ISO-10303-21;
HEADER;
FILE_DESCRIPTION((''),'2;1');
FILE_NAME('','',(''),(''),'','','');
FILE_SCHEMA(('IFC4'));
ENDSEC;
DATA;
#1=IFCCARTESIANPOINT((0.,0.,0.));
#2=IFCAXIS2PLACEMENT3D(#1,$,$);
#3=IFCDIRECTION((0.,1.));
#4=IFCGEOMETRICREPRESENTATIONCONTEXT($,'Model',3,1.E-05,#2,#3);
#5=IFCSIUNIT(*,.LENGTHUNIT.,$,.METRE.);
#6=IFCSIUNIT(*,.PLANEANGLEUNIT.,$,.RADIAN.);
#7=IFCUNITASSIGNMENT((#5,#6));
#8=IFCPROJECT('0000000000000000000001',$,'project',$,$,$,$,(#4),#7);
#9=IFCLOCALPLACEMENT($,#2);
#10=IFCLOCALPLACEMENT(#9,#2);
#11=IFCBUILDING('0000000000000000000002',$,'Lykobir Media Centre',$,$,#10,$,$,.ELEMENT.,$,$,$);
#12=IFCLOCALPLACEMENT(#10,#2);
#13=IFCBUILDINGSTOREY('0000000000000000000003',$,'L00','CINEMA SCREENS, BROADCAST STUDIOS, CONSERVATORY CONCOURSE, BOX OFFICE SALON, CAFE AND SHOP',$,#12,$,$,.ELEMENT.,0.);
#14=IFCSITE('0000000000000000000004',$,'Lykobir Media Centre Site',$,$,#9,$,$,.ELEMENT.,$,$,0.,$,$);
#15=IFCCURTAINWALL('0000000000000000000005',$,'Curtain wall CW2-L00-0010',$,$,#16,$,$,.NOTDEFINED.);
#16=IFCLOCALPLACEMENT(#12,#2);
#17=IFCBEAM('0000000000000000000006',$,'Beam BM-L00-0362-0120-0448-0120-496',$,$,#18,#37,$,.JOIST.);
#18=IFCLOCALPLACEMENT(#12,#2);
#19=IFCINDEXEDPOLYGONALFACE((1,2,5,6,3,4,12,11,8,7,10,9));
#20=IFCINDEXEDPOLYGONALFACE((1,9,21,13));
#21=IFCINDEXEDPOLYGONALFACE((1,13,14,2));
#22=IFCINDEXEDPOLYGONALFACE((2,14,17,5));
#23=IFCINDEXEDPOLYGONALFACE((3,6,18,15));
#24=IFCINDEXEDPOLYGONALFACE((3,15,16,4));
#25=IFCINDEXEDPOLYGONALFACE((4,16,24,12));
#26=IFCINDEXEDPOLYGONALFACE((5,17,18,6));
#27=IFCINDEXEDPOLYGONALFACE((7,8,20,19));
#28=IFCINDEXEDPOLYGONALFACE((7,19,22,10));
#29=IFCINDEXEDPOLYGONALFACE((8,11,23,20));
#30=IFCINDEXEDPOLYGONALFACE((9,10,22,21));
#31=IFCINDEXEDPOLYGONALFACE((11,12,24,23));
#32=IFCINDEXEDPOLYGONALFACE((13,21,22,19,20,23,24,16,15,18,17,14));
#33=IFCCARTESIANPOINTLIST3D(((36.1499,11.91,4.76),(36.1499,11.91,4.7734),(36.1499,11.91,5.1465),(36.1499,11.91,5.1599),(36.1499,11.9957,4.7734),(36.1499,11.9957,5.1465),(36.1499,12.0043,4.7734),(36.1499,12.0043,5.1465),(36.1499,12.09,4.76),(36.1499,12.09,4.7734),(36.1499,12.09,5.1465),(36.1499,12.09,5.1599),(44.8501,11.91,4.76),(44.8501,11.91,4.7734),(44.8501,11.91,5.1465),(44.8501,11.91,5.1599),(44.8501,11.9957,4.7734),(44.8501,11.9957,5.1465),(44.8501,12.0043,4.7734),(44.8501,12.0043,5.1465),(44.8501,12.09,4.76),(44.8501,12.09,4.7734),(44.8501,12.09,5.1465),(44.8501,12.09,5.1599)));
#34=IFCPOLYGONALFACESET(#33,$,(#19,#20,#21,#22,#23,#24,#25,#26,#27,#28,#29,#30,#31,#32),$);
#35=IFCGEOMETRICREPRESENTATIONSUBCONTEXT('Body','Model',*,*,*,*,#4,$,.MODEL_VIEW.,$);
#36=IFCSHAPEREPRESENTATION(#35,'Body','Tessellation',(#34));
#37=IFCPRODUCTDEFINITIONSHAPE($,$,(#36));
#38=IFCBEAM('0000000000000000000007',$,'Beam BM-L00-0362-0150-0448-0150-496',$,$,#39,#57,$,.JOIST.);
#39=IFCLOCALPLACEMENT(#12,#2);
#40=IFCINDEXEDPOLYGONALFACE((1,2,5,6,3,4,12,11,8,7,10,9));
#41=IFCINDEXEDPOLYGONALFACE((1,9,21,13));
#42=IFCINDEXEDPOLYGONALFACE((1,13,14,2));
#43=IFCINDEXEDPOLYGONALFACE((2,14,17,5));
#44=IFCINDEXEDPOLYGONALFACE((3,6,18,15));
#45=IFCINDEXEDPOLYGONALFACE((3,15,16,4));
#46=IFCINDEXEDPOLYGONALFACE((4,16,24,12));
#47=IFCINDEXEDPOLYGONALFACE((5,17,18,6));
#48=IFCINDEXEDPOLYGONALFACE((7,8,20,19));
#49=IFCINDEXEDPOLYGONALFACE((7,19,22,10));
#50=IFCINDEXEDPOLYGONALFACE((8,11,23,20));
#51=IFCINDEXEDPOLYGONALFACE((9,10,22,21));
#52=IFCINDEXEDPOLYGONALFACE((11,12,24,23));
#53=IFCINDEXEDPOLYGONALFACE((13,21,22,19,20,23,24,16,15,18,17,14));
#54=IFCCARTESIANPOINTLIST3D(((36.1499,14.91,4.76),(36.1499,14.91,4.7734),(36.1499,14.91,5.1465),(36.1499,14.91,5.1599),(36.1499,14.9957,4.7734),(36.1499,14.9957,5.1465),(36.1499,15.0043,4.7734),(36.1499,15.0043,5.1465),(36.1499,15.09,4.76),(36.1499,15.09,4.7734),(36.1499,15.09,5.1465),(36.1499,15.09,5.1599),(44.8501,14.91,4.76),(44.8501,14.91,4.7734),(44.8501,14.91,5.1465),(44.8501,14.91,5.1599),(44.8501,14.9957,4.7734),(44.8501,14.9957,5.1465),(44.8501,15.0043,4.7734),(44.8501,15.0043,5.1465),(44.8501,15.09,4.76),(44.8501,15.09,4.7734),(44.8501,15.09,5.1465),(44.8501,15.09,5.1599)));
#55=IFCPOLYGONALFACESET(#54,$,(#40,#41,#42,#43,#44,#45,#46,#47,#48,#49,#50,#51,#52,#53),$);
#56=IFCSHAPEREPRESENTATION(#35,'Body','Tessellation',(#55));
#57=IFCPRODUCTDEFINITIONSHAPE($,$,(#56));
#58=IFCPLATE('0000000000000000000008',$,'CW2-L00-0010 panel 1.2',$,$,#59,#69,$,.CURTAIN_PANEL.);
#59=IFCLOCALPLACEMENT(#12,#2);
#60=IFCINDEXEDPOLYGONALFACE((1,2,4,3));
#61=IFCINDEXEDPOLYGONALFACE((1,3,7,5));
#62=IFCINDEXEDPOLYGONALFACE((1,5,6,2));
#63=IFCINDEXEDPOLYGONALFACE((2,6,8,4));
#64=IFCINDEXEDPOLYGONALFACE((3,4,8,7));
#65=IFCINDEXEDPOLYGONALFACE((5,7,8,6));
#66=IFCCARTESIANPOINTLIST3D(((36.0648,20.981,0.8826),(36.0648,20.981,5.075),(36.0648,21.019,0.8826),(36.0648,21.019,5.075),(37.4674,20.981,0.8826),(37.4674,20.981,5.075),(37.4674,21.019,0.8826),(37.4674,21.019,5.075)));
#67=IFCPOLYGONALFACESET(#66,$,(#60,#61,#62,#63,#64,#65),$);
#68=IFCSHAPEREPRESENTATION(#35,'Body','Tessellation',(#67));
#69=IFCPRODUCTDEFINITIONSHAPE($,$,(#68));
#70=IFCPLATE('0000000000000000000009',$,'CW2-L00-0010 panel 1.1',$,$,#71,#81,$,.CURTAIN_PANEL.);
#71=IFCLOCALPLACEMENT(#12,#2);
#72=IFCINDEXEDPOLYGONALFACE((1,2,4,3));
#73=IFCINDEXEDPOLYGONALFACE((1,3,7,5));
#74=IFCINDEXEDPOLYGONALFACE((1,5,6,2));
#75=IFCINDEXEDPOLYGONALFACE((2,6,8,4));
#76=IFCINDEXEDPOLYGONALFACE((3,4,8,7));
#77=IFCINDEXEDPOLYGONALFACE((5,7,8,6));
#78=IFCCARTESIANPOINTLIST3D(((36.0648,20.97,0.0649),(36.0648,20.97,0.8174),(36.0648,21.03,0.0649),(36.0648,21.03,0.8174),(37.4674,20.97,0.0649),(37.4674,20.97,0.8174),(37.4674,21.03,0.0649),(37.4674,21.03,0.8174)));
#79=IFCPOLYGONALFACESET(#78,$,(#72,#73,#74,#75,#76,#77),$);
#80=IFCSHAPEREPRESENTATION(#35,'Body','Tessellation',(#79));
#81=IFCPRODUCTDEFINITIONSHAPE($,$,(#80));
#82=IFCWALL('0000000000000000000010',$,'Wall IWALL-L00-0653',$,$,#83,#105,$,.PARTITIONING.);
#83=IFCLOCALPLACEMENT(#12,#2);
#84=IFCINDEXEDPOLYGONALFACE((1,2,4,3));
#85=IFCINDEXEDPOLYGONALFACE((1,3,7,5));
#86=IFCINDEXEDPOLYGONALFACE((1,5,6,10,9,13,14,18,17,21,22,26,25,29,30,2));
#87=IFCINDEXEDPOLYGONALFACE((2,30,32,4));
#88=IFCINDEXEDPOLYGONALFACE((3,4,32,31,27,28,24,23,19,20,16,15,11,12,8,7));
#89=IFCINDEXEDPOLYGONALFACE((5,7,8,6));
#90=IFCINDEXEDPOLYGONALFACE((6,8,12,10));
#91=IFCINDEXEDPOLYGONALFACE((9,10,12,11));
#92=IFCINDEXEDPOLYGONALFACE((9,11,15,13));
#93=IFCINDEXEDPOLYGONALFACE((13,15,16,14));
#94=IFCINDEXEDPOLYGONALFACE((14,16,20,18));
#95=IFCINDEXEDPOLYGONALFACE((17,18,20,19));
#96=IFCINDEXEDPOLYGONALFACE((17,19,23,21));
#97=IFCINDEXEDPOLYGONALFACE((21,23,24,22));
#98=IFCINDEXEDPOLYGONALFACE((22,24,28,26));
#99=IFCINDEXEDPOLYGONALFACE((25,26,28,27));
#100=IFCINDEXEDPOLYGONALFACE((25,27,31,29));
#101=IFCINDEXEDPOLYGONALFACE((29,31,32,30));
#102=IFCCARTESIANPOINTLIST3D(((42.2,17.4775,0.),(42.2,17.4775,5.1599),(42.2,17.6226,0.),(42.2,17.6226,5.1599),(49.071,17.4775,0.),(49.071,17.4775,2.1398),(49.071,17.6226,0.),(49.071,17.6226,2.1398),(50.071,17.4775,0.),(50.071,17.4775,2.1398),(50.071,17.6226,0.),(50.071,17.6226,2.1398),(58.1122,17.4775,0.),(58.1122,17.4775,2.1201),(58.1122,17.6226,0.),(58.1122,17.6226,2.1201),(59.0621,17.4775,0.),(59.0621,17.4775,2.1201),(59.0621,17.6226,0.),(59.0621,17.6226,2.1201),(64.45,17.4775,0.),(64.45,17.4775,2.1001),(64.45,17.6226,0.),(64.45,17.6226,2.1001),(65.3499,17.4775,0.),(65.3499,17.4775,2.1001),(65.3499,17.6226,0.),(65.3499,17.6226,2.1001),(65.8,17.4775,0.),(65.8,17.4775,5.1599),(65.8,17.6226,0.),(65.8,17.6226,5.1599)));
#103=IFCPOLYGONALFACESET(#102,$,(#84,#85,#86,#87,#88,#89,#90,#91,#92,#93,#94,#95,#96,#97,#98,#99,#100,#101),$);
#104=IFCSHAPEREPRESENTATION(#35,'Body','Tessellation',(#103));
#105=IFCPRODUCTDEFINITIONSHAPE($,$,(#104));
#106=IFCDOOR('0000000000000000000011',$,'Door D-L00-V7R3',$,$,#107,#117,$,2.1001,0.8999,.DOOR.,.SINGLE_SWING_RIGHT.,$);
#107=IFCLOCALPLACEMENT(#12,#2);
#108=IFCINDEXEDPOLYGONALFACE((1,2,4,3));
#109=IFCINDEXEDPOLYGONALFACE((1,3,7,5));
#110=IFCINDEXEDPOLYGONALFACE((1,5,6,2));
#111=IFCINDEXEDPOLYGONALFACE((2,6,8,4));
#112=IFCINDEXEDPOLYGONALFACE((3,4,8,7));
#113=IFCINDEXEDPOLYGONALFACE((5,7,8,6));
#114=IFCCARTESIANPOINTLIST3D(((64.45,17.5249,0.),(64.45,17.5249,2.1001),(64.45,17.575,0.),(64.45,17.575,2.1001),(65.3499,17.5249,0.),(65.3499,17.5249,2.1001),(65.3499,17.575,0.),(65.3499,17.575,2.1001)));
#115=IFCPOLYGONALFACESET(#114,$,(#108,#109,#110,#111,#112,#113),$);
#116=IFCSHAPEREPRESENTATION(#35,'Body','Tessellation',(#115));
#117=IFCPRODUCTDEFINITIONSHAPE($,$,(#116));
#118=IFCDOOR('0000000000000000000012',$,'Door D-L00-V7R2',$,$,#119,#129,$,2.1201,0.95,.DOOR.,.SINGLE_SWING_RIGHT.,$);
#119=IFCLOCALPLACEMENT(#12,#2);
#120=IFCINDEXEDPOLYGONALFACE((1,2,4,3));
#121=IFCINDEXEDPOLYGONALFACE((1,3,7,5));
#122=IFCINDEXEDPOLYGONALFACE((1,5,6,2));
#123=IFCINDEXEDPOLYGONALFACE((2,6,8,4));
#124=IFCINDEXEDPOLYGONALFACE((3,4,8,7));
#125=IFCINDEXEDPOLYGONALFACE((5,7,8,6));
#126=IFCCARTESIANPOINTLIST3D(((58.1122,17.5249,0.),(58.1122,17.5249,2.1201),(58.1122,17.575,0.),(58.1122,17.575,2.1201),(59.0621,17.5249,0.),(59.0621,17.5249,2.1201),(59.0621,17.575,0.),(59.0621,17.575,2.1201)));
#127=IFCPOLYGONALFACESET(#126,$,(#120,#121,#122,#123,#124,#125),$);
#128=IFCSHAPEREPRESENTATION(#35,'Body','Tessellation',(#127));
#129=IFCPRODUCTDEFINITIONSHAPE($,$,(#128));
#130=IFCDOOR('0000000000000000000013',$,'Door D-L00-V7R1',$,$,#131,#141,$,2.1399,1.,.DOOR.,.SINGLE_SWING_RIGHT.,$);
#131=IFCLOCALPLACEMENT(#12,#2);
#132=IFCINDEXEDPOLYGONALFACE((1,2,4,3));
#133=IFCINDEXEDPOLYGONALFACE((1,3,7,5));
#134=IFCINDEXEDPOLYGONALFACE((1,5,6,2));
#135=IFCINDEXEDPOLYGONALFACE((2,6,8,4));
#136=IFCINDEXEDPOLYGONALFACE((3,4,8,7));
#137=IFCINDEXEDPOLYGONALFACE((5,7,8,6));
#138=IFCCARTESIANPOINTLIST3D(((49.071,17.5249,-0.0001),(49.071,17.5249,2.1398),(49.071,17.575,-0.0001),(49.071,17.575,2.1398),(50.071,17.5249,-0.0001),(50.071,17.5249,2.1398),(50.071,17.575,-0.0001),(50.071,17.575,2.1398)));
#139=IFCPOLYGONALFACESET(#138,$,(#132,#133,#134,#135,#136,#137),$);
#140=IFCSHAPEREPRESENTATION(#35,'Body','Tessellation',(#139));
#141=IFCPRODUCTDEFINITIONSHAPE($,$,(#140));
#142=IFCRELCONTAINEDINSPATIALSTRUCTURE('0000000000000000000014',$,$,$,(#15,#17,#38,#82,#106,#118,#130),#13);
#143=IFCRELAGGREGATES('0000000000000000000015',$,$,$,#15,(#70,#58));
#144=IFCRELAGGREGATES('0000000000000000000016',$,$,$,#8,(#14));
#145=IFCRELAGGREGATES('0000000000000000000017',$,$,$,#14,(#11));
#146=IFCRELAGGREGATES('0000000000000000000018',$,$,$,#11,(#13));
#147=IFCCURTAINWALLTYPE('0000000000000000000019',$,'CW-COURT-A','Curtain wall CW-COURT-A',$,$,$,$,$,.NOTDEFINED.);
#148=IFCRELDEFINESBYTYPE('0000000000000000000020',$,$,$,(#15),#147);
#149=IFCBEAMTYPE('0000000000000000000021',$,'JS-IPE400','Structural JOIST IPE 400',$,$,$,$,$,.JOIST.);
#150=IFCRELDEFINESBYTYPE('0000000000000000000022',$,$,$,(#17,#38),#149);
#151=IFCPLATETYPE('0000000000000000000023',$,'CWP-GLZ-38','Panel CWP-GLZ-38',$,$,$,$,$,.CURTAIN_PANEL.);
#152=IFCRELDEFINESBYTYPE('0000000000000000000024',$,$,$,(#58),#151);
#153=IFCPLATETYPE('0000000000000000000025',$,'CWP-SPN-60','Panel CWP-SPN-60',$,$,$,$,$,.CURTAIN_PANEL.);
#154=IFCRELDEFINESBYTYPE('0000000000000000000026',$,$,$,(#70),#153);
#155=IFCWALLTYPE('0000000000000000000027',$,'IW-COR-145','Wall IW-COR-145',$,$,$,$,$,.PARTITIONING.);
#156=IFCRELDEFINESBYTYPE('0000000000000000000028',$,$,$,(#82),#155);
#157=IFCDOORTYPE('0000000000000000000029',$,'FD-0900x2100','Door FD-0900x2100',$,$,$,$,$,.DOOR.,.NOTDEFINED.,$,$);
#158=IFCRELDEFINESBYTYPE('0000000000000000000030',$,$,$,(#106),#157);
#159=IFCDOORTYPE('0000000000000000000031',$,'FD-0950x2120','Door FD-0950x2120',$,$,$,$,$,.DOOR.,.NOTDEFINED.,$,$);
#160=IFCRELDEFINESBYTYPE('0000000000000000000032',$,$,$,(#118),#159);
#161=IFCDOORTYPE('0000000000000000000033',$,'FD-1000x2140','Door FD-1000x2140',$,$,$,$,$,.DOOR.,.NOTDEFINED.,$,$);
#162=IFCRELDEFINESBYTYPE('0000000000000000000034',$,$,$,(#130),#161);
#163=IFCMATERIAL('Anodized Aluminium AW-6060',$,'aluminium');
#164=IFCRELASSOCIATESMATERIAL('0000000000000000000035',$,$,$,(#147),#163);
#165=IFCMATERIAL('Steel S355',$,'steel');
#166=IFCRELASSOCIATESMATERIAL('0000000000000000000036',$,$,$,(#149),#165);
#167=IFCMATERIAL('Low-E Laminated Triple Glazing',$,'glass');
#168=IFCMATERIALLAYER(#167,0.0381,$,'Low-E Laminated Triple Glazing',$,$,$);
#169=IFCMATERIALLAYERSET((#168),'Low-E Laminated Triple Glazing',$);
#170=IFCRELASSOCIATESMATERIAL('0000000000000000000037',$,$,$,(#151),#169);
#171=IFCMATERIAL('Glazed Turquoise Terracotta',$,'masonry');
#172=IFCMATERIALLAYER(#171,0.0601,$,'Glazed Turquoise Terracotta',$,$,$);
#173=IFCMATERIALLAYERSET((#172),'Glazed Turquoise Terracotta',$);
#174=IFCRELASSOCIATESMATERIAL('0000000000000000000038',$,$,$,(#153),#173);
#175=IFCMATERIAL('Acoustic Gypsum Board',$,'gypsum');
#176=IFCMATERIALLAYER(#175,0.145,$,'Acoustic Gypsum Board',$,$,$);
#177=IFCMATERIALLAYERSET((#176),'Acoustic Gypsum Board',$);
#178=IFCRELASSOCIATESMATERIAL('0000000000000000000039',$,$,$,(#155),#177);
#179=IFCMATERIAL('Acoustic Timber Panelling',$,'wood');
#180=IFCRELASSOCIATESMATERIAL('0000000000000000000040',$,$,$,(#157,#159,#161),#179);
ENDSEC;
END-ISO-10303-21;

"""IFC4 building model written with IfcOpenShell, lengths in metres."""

from ifc_helpers import new_model, si_unit, direction, frame, frame_2d, origin, origin_2d, place, context, subcontext, project, spatial, rectangle, i_section, extrude, material, layer, layer_set, material_profile, profile_set, type_object, element, fill, aggregate, save


model = new_model("IFC4")

# Units and contexts
model_context = context("Model", 3, precision=1e-05, world=origin(), true_north=direction((0.0, 1.0)))
body_context = subcontext(model_context, "Body", "Model", "MODEL_VIEW")
ifc_project = project(units=[si_unit("LENGTHUNIT", "METRE"), si_unit("PLANEANGLEUNIT", "RADIAN")], contexts=[model_context])

# Site, building, storey
site_placement = place(None, origin())
site = spatial("IfcSite", under=ifc_project, at=site_placement, Name="Lykobir Media Centre Site", CompositionType="ELEMENT", RefElevation=0.0)
building_placement = place(site_placement, origin())
building = spatial("IfcBuilding", under=site, at=building_placement, Name="Lykobir Media Centre", CompositionType="ELEMENT")
storey_placement = place(building_placement, origin())
storey = spatial("IfcBuildingStorey", under=building, at=storey_placement, Name="L00", Description="CINEMA SCREENS, BROADCAST STUDIOS, CONSERVATORY CONCOURSE, BOX OFFICE SALON, CAFE AND SHOP", CompositionType="ELEMENT", Elevation=0.0)

# Shared definitions
ifc_material_1 = material(Name="Steel S355", Category="steel")

# Curtain wall
ifc_material_2 = material(Name="Anodized Aluminium AW-6060", Category="aluminium")
curtain_wall_type = type_object("IfcCurtainWallType", Name="CW-COURT-A", Description="Curtain wall CW-COURT-A", PredefinedType="NOTDEFINED", material=ifc_material_2)
curtain_wall_placement = place(storey_placement, origin())
curtain_wall = element("IfcCurtainWall", 1, at=curtain_wall_placement, inside=storey, type_object=curtain_wall_type, Name="Curtain wall CW2-L00-0010", PredefinedType="NOTDEFINED")

# Beams
ifc_material_profile_1 = material_profile(ifc_material_1, i_section(OverallWidth=0.1799, OverallDepth=0.3999, WebThickness=0.0085, FlangeThickness=0.0134, at=origin_2d()), Name="IPE 400")
ifc_profile_set_1 = profile_set([ifc_material_profile_1], Name="Steel S355")
beam_type_1 = type_object("IfcBeamType", Name="JS-IPE400", Description="Structural JOIST IPE 400", PredefinedType="JOIST", material=ifc_profile_set_1)
for number, where, z_axis, x_axis, name in (
    (2, (36.1499, 12.0, 4.96), (1.0, 0.0, 0.0), (0.0, 1.0, 0.0), "Beam BM-L00-0362-0120-0448-0120-496"),
    (3, (36.1499, 15.0, 4.96), (1.0, 0.0, 0.0), (0.0, 1.0, 0.0), "Beam BM-L00-0362-0150-0448-0150-496"),
):
    element("IfcBeam", number, at=place(storey_placement, frame(where, z_axis=z_axis, x_axis=x_axis)), inside=storey, type_object=beam_type_1, Name=name, PredefinedType="JOIST", context=body_context, shape_type="SweptSolid", body=[
        extrude(i_section(OverallWidth=0.1799, OverallDepth=0.3999, WebThickness=0.0085, FlangeThickness=0.0134, at=origin_2d()), origin(), (0.0, 0.0, 1.0), 8.7002),
    ])

# Plates
ifc_material_3 = material(Name="Low-E Laminated Triple Glazing", Category="glass")
ifc_layer_1 = layer(ifc_material_3, 0.0381, Name="Low-E Laminated Triple Glazing")
ifc_layer_set_1 = layer_set([ifc_layer_1], Name="Low-E Laminated Triple Glazing")
plate_type_1 = type_object("IfcPlateType", Name="CWP-GLZ-38", Description="Panel CWP-GLZ-38", PredefinedType="CURTAIN_PANEL", material=ifc_layer_set_1)
plate_1_placement = place(storey_placement, frame((36.7661, 21.0, 0.8826), z_axis=(0.0, 0.0, 1.0), x_axis=(1.0, 0.0, 0.0)))
plate_1 = element("IfcPlate", 4, at=plate_1_placement, type_object=plate_type_1, Name="CW2-L00-0010 panel 1.2", PredefinedType="CURTAIN_PANEL", context=body_context, shape_type="SweptSolid", body=[
    extrude(rectangle(XDim=1.4026, YDim=0.0381, at=origin_2d()), origin(), (0.0, 0.0, 1.0), 4.1924),
])
ifc_material_4 = material(Name="Glazed Turquoise Terracotta", Category="masonry")
ifc_layer_2 = layer(ifc_material_4, 0.0601, Name="Glazed Turquoise Terracotta")
ifc_layer_set_2 = layer_set([ifc_layer_2], Name="Glazed Turquoise Terracotta")
plate_type_2 = type_object("IfcPlateType", Name="CWP-SPN-60", Description="Panel CWP-SPN-60", PredefinedType="CURTAIN_PANEL", material=ifc_layer_set_2)
plate_2_placement = place(storey_placement, frame((36.7661, 21.0, 0.0649), z_axis=(0.0, 0.0, 1.0), x_axis=(1.0, 0.0, 0.0)))
plate_2 = element("IfcPlate", 5, at=plate_2_placement, type_object=plate_type_2, Name="CW2-L00-0010 panel 1.1", PredefinedType="CURTAIN_PANEL", context=body_context, shape_type="SweptSolid", body=[
    extrude(rectangle(XDim=1.4026, YDim=0.0601, at=origin_2d()), origin(), (0.0, 0.0, 1.0), 0.7524),
])
aggregate(curtain_wall, [plate_2, plate_1])

# Wall, openings, doors
ifc_material_5 = material(Name="Acoustic Gypsum Board", Category="gypsum")
ifc_layer_3 = layer(ifc_material_5, 0.145, Name="Acoustic Gypsum Board")
ifc_layer_set_3 = layer_set([ifc_layer_3], Name="Acoustic Gypsum Board")
wall_type_1 = type_object("IfcWallType", Name="IW-COR-145", Description="Wall IW-COR-145", PredefinedType="PARTITIONING", material=ifc_layer_set_3)
wall_1_placement = place(storey_placement, frame((42.2, 17.55, 0.0), z_axis=(0.0, 0.0, 1.0), x_axis=(1.0, 0.0, 0.0)))
wall_1 = element("IfcWall", 6, at=wall_1_placement, inside=storey, type_object=wall_type_1, Name="Wall IWALL-L00-0653", PredefinedType="PARTITIONING", context=body_context, shape_type="SweptSolid", body=[
    extrude(rectangle(XDim=23.6001, YDim=0.145, at=frame_2d((11.8, 0.0))), origin(), (0.0, 0.0, 1.0), 5.1599),
])
opening_1_placement = place(wall_1_placement, frame((6.8711, 0.0, 0.0)))
opening_1 = element("IfcOpeningElement", 7, at=opening_1_placement, cuts=wall_1, PredefinedType="OPENING", context=body_context, shape_type="SweptSolid", body=[
    extrude(rectangle(XDim=1.0, YDim=2.1399, at=frame_2d((0.5, 1.0698))), frame((0.0, 0.0825, 0.0), z_axis=(0.0, -1.0, 0.0), x_axis=(1.0, 0.0, 0.0)), (0.0, 0.0, 1.0), 0.165),
])
opening_2_placement = place(wall_1_placement, frame((15.9121, 0.0, 0.0)))
opening_2 = element("IfcOpeningElement", 8, at=opening_2_placement, cuts=wall_1, PredefinedType="OPENING", context=body_context, shape_type="SweptSolid", body=[
    extrude(rectangle(XDim=0.95, YDim=2.1201, at=frame_2d((0.4751, 1.0601))), frame((0.0, 0.0825, 0.0), z_axis=(0.0, -1.0, 0.0), x_axis=(1.0, 0.0, 0.0)), (0.0, 0.0, 1.0), 0.165),
])
opening_3_placement = place(wall_1_placement, frame((22.25, 0.0, 0.0)))
opening_3 = element("IfcOpeningElement", 9, at=opening_3_placement, cuts=wall_1, PredefinedType="OPENING", context=body_context, shape_type="SweptSolid", body=[
    extrude(rectangle(XDim=0.8999, YDim=2.1001, at=frame_2d((0.45, 1.05))), frame((0.0, 0.0825, 0.0), z_axis=(0.0, -1.0, 0.0), x_axis=(1.0, 0.0, 0.0)), (0.0, 0.0, 1.0), 0.165),
])
ifc_material_6 = material(Name="Acoustic Timber Panelling", Category="wood")
door_type_1 = type_object("IfcDoorType", Name="FD-0900x2100", Description="Door FD-0900x2100", OperationType="NOTDEFINED", PredefinedType="DOOR", material=ifc_material_6)
door_1_placement = place(opening_3_placement, origin())
door_1 = element("IfcDoor", 10, at=door_1_placement, inside=storey, type_object=door_type_1, Name="Door D-L00-V7R3", OperationType="SINGLE_SWING_RIGHT", OverallHeight=2.1001, OverallWidth=0.8999, PredefinedType="DOOR", context=body_context, shape_type="SweptSolid", body=[
    extrude(rectangle(XDim=0.8999, YDim=2.1001, at=frame_2d((0.45, 1.05))), frame((0.0, 0.0249, 0.0), z_axis=(0.0, -1.0, 0.0), x_axis=(1.0, 0.0, 0.0)), (0.0, 0.0, 1.0), 0.05),
])
fill(opening_3, door_1)
door_type_2 = type_object("IfcDoorType", Name="FD-0950x2120", Description="Door FD-0950x2120", OperationType="NOTDEFINED", PredefinedType="DOOR", material=ifc_material_6)
door_2_placement = place(opening_2_placement, origin())
door_2 = element("IfcDoor", 11, at=door_2_placement, inside=storey, type_object=door_type_2, Name="Door D-L00-V7R2", OperationType="SINGLE_SWING_RIGHT", OverallHeight=2.1201, OverallWidth=0.95, PredefinedType="DOOR", context=body_context, shape_type="SweptSolid", body=[
    extrude(rectangle(XDim=0.95, YDim=2.1201, at=frame_2d((0.4751, 1.0601))), frame((0.0, 0.0249, 0.0), z_axis=(0.0, -1.0, 0.0), x_axis=(1.0, 0.0, 0.0)), (0.0, 0.0, 1.0), 0.05),
])
fill(opening_2, door_2)
door_type_3 = type_object("IfcDoorType", Name="FD-1000x2140", Description="Door FD-1000x2140", OperationType="NOTDEFINED", PredefinedType="DOOR", material=ifc_material_6)
door_3_placement = place(opening_1_placement, origin())
door_3 = element("IfcDoor", 12, at=door_3_placement, inside=storey, type_object=door_type_3, Name="Door D-L00-V7R1", OperationType="SINGLE_SWING_RIGHT", OverallHeight=2.1399, OverallWidth=1.0, PredefinedType="DOOR", context=body_context, shape_type="SweptSolid", body=[
    extrude(rectangle(XDim=1.0, YDim=2.1399, at=frame_2d((0.5, 1.0698))), frame((0.0, 0.0249, 0.0), z_axis=(0.0, -1.0, 0.0), x_axis=(1.0, 0.0, 0.0)), (0.0, 0.0, 1.0), 0.05),
])
fill(opening_1, door_3)

save(model, "model.ifc")
